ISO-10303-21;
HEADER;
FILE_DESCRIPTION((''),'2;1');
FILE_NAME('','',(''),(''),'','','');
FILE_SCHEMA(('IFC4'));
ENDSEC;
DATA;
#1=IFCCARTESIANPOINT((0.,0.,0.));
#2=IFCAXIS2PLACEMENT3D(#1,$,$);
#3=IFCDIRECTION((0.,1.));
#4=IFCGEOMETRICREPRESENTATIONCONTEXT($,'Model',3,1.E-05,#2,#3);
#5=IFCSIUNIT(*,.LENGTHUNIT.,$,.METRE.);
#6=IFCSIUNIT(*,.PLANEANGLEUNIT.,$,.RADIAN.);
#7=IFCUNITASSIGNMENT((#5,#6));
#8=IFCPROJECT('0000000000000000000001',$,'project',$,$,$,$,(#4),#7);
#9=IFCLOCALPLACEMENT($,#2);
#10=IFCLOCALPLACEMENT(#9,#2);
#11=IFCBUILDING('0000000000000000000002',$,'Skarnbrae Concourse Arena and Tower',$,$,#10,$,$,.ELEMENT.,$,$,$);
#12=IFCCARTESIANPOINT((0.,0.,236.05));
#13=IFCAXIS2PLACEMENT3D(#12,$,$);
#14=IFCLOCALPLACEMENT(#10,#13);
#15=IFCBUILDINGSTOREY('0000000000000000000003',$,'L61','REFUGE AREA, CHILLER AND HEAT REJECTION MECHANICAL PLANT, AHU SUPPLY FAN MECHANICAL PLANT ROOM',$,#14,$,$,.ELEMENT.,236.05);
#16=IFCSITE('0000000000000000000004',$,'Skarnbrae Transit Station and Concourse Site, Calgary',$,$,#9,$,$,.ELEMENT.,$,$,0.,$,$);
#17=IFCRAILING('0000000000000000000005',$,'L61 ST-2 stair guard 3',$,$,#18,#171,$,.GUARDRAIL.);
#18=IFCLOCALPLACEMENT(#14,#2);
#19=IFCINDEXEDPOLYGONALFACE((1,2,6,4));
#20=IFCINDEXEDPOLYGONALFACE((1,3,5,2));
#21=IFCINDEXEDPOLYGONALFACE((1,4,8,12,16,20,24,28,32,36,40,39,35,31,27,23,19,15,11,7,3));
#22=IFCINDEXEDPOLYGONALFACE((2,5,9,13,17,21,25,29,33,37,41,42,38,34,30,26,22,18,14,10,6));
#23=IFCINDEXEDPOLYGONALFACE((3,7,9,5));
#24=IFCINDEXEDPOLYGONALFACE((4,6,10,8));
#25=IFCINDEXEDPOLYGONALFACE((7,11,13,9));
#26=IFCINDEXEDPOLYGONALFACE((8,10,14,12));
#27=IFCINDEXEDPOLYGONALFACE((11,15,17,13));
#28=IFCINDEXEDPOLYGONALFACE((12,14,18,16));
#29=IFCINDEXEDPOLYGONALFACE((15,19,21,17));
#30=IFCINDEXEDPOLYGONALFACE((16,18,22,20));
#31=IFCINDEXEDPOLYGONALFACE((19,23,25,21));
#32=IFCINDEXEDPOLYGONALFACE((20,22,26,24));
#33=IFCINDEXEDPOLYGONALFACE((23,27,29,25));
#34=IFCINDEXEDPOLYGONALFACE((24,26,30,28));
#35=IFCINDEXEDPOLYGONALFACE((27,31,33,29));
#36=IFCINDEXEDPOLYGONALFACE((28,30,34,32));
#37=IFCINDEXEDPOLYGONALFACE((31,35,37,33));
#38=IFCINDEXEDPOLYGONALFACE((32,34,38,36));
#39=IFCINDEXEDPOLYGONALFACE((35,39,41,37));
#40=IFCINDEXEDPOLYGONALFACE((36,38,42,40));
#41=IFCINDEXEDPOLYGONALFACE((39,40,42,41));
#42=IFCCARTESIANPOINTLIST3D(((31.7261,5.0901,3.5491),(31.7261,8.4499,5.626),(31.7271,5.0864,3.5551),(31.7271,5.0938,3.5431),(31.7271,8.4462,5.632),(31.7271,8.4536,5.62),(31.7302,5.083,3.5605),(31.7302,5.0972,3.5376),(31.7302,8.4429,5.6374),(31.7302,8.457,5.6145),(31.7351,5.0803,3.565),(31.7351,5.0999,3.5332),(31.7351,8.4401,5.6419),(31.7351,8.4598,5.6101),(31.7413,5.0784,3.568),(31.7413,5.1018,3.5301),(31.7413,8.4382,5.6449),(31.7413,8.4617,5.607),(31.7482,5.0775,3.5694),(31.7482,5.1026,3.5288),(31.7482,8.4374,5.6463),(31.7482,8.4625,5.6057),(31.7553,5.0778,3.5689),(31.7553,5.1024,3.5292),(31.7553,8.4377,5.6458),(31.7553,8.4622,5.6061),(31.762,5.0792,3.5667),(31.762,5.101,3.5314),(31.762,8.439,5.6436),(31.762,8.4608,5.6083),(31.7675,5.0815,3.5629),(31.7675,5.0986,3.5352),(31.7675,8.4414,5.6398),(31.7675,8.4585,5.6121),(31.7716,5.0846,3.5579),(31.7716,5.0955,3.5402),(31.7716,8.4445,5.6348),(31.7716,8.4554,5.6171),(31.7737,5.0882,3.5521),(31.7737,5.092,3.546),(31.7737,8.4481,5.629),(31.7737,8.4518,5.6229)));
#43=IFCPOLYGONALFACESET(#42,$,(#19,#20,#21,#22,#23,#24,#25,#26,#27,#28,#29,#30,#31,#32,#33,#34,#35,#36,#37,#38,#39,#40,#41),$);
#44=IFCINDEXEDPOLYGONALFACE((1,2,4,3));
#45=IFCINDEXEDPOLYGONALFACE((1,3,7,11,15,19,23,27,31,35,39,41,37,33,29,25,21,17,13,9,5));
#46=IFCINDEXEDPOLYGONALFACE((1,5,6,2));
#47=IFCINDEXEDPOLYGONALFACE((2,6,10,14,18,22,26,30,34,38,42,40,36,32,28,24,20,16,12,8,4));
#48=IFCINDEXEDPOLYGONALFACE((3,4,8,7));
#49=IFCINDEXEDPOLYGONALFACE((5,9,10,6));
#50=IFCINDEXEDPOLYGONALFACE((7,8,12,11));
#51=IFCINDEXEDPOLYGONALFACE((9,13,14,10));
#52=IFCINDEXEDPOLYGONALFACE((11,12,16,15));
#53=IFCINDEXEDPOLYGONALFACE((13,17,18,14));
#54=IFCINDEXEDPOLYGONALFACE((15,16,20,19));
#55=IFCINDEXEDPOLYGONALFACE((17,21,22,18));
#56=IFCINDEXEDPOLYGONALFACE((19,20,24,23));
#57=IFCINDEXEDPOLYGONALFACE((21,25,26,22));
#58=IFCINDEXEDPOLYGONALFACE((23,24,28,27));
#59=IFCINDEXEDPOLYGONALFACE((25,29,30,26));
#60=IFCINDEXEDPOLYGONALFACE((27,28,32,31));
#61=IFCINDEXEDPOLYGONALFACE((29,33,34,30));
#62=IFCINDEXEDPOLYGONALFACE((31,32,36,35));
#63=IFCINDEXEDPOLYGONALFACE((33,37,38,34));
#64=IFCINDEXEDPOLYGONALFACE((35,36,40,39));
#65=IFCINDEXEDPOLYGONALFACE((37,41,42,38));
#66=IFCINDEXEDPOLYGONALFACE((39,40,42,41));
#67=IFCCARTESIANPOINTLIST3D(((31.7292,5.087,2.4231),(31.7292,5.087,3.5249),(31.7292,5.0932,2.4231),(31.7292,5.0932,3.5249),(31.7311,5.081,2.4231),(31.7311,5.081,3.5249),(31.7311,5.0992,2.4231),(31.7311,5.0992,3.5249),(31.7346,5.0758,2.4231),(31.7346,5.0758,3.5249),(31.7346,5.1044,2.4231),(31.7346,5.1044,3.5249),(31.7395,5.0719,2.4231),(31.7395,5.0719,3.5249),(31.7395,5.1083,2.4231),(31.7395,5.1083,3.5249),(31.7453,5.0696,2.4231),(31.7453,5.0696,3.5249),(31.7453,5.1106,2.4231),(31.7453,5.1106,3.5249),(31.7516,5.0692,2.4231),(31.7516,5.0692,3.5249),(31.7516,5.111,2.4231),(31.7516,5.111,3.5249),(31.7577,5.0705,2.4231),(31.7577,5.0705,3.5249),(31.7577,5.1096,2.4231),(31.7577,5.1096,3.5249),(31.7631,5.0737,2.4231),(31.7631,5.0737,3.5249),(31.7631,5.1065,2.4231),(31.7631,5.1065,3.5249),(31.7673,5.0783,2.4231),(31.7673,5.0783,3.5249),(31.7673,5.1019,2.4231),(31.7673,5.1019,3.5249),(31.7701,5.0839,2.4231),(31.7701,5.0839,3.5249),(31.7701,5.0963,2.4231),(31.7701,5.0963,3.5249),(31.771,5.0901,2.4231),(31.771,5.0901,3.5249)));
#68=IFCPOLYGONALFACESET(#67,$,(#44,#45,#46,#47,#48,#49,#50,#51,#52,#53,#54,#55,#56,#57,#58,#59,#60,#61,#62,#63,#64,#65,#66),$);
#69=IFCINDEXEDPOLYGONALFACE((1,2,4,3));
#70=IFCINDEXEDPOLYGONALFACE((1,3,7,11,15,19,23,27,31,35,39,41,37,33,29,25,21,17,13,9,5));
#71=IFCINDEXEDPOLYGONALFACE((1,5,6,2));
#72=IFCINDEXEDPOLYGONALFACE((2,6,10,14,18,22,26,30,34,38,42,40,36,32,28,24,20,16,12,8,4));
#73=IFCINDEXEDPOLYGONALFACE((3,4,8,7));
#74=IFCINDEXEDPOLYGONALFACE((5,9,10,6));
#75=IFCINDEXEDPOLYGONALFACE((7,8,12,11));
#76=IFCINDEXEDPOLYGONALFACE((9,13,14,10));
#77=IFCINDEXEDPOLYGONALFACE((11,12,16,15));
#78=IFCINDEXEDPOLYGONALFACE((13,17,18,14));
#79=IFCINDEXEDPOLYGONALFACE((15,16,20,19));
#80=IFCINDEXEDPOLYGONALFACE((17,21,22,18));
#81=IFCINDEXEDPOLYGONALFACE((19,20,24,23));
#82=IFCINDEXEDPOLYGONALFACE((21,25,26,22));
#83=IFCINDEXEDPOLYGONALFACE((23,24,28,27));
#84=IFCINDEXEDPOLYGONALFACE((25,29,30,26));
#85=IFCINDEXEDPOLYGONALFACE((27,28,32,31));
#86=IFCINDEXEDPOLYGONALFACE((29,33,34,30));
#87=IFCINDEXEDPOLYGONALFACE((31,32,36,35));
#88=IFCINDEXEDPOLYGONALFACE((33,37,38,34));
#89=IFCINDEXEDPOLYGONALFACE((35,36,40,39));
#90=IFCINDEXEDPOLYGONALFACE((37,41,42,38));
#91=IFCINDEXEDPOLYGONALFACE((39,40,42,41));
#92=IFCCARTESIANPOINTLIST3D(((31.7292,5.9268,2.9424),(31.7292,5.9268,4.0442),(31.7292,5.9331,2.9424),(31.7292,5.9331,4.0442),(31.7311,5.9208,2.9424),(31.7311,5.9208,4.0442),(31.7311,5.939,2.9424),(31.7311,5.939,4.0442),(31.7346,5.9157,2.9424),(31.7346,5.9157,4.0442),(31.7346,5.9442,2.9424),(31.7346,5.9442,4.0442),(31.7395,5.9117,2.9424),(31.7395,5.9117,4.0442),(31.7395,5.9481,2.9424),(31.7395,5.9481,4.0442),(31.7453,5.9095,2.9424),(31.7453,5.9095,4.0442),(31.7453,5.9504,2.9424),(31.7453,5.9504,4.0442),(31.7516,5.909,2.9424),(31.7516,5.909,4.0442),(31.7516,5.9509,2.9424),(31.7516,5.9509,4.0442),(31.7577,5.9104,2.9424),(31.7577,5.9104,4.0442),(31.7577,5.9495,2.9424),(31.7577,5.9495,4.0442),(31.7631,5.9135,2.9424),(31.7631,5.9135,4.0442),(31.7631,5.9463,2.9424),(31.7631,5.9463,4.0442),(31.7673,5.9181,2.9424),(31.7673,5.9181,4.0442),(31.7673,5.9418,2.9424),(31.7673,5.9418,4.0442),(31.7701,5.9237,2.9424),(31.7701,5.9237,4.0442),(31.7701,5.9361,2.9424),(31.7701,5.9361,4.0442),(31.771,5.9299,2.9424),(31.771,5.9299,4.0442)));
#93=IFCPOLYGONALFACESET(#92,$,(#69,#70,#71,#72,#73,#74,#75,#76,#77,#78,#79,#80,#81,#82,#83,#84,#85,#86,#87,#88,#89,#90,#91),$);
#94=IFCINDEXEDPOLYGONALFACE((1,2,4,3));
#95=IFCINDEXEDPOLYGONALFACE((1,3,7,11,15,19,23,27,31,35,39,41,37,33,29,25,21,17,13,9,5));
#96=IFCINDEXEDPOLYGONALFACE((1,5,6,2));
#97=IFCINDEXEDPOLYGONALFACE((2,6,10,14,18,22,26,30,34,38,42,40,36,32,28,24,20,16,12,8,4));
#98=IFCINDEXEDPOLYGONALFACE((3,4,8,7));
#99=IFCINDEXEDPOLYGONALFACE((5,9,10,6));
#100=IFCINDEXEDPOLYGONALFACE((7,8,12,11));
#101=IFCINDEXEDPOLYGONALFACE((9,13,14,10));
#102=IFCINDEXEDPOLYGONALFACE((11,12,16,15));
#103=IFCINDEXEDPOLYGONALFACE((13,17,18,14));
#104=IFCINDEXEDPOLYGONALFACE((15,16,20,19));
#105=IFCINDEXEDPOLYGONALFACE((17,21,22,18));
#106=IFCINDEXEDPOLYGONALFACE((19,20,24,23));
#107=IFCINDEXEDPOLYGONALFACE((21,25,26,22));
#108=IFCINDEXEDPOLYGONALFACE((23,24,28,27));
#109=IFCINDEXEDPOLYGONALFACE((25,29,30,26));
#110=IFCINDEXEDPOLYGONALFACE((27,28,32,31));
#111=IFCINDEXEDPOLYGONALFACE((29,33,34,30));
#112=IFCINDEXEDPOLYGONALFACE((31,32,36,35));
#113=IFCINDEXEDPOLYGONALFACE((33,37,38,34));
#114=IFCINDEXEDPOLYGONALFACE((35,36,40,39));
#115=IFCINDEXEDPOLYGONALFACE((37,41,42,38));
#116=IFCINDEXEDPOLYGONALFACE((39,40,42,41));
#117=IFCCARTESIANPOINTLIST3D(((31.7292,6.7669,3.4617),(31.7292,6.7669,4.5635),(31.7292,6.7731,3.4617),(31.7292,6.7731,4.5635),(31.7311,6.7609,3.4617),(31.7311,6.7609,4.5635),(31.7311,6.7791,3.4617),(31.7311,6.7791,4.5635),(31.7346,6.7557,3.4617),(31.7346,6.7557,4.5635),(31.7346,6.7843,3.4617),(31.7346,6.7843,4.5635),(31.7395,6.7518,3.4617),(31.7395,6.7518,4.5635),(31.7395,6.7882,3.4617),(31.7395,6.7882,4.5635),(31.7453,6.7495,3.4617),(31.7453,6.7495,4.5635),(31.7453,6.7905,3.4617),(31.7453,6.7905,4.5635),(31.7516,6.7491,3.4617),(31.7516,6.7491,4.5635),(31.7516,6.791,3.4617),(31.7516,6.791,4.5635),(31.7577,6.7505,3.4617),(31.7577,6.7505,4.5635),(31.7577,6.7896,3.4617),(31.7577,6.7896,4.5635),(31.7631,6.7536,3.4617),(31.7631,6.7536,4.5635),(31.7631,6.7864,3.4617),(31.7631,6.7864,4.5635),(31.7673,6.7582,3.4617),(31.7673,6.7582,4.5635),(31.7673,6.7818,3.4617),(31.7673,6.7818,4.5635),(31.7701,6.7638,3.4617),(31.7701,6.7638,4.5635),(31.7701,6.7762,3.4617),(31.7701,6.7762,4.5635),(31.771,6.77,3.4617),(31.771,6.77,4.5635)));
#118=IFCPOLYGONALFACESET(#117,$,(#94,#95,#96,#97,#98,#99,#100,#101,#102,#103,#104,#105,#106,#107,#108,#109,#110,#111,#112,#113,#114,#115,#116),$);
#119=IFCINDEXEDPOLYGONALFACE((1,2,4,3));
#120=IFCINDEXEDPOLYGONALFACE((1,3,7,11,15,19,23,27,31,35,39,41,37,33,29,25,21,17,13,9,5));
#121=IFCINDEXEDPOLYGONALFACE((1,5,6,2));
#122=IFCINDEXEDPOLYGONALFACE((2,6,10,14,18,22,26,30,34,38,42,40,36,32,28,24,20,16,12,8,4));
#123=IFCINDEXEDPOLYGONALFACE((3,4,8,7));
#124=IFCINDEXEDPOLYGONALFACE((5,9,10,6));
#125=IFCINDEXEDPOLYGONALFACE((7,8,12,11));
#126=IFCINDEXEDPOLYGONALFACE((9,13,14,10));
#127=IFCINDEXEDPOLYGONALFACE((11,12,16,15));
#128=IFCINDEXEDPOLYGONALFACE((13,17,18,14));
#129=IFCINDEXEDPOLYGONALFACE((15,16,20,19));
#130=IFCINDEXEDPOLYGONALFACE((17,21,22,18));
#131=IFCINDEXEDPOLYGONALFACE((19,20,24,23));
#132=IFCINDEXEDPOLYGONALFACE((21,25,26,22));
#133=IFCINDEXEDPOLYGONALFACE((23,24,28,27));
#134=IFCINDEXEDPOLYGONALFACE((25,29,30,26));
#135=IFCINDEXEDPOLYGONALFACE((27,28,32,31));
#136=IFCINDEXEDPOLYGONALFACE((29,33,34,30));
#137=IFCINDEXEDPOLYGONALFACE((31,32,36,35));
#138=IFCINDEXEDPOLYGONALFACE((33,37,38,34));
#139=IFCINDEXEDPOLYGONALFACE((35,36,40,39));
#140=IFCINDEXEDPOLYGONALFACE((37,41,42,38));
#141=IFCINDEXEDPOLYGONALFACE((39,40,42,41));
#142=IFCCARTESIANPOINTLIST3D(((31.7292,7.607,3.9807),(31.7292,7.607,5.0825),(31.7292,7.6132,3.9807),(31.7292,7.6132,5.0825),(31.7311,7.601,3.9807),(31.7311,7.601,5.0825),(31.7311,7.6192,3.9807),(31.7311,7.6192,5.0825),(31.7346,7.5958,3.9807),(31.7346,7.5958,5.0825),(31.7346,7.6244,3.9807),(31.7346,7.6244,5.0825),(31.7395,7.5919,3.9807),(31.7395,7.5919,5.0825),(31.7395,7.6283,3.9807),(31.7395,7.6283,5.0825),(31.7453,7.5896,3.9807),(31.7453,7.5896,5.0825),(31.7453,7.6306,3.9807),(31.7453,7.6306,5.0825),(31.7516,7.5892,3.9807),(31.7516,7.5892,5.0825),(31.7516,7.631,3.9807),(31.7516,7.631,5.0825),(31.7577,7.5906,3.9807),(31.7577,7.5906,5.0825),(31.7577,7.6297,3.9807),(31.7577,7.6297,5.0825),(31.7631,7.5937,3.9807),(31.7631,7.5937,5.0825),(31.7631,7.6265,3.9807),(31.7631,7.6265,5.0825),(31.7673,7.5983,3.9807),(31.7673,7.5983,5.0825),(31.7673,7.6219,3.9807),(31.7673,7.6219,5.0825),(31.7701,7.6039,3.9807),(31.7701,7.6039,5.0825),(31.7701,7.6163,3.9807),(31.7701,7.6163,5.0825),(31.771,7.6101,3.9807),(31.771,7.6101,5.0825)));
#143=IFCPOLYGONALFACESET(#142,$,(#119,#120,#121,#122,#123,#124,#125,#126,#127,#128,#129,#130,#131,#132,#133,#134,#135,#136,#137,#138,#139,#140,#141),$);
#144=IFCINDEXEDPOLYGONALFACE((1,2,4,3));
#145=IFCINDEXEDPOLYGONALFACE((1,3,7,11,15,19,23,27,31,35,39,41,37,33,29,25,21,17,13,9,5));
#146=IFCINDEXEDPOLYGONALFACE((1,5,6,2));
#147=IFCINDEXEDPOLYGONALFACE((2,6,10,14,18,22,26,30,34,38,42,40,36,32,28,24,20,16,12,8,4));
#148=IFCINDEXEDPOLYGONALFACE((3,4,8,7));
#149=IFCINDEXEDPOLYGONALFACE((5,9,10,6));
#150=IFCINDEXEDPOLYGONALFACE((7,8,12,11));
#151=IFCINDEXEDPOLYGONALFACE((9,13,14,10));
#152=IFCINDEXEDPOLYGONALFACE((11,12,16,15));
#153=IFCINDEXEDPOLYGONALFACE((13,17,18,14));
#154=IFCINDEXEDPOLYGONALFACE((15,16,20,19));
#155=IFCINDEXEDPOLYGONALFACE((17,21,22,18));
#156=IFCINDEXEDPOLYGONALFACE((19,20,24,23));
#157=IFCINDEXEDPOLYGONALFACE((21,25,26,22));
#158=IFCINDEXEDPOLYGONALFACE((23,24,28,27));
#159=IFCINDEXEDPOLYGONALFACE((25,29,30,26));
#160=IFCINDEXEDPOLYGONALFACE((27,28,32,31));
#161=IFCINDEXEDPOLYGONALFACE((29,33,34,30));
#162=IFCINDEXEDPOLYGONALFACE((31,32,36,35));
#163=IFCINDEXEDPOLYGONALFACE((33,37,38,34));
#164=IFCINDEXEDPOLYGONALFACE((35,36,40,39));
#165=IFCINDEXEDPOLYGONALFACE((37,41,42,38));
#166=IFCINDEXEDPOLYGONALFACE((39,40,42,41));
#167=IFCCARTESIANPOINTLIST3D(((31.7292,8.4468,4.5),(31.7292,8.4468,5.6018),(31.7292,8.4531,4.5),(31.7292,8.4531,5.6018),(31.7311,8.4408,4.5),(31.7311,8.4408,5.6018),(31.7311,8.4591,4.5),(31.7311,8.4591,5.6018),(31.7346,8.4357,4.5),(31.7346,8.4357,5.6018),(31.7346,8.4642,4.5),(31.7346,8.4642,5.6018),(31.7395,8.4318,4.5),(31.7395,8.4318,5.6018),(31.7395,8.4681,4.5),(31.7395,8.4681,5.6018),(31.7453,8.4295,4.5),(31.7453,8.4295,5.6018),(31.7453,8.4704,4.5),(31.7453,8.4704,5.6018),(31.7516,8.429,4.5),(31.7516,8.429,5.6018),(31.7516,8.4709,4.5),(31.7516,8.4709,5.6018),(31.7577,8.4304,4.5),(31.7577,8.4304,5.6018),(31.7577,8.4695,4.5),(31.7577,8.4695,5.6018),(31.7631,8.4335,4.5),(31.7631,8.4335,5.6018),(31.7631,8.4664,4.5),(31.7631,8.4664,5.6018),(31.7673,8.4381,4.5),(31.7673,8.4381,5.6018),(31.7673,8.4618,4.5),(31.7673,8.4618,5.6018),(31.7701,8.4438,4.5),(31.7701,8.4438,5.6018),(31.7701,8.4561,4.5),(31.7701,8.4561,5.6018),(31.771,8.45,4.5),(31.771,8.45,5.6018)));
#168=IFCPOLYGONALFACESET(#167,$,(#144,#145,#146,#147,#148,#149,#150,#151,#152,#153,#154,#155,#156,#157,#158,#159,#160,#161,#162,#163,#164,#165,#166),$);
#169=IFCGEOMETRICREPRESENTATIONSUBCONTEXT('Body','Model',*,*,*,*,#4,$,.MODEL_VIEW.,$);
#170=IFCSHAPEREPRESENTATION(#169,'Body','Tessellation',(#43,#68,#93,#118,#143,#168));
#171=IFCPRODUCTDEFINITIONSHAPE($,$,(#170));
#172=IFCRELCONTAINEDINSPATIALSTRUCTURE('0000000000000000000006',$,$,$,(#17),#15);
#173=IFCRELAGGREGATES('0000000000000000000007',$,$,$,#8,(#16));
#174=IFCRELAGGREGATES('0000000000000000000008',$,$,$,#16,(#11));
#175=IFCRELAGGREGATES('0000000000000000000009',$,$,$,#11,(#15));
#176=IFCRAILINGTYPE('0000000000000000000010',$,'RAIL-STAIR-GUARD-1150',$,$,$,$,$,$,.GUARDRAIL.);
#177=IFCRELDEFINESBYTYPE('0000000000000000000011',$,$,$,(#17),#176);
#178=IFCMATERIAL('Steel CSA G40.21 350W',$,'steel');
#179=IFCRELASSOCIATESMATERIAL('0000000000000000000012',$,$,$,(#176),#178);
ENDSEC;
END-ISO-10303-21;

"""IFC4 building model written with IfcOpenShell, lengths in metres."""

from ifc_helpers import new_model, si_unit, direction, frame, origin, origin_2d, place, context, subcontext, project, spatial, circle, extrude, material, type_object, element, save


model = new_model("IFC4")

# Units and contexts
model_context = context("Model", 3, precision=1e-05, world=origin(), true_north=direction((0.0, 1.0)))
body_context = subcontext(model_context, "Body", "Model", "MODEL_VIEW")
ifc_project = project(units=[si_unit("LENGTHUNIT", "METRE"), si_unit("PLANEANGLEUNIT", "RADIAN")], contexts=[model_context])

# Site, building, storey
site_placement = place(None, origin())
site = spatial("IfcSite", under=ifc_project, at=site_placement, Name="Skarnbrae Transit Station and Concourse Site, Calgary", CompositionType="ELEMENT", RefElevation=0.0)
building_placement = place(site_placement, origin())
building = spatial("IfcBuilding", under=site, at=building_placement, Name="Skarnbrae Concourse Arena and Tower", CompositionType="ELEMENT")
storey_placement = place(building_placement, frame((0.0, 0.0, 236.05)))
storey = spatial("IfcBuildingStorey", under=building, at=storey_placement, Name="L61", Description="REFUGE AREA, CHILLER AND HEAT REJECTION MECHANICAL PLANT, AHU SUPPLY FAN MECHANICAL PLANT ROOM", CompositionType="ELEMENT", Elevation=236.05)

# Shared definitions
ifc_material_1 = material(Name="Steel CSA G40.21 350W", Category="steel")

# Railing
railing_type_1 = type_object("IfcRailingType", Name="RAIL-STAIR-GUARD-1150", PredefinedType="GUARDRAIL", material=ifc_material_1)
railing_1_placement = place(storey_placement, frame((31.75, 5.0901, 2.4231)))
element("IfcRailing", 1, at=railing_1_placement, inside=storey, type_object=railing_type_1, Name="L61 ST-2 stair guard 3", PredefinedType="GUARDRAIL", context=body_context, shape_type="SweptSolid", body=[
    extrude(circle(Radius=0.0239, at=origin_2d()), frame((0.0, 0.0, 1.126), z_axis=(0.0, 0.850606, 0.525803), x_axis=(-1.0, 0.0, 0.0)), (0.0, 0.0, 1.0), 3.95),
    extrude(circle(Radius=0.021, at=origin_2d()), origin(), (0.0, 0.0, 1.0), 1.1018),
    extrude(circle(Radius=0.021, at=origin_2d()), frame((0.0, 0.8398, 0.5193)), (0.0, 0.0, 1.0), 1.1018),
    extrude(circle(Radius=0.021, at=origin_2d()), frame((0.0, 1.6799, 1.0386)), (0.0, 0.0, 1.0), 1.1018),
    extrude(circle(Radius=0.021, at=origin_2d()), frame((0.0, 2.52, 1.5576)), (0.0, 0.0, 1.0), 1.1018),
    extrude(circle(Radius=0.021, at=origin_2d()), frame((0.0, 3.3599, 2.0769)), (0.0, 0.0, 1.0), 1.1018),
])

save(model, "model.ifc")
